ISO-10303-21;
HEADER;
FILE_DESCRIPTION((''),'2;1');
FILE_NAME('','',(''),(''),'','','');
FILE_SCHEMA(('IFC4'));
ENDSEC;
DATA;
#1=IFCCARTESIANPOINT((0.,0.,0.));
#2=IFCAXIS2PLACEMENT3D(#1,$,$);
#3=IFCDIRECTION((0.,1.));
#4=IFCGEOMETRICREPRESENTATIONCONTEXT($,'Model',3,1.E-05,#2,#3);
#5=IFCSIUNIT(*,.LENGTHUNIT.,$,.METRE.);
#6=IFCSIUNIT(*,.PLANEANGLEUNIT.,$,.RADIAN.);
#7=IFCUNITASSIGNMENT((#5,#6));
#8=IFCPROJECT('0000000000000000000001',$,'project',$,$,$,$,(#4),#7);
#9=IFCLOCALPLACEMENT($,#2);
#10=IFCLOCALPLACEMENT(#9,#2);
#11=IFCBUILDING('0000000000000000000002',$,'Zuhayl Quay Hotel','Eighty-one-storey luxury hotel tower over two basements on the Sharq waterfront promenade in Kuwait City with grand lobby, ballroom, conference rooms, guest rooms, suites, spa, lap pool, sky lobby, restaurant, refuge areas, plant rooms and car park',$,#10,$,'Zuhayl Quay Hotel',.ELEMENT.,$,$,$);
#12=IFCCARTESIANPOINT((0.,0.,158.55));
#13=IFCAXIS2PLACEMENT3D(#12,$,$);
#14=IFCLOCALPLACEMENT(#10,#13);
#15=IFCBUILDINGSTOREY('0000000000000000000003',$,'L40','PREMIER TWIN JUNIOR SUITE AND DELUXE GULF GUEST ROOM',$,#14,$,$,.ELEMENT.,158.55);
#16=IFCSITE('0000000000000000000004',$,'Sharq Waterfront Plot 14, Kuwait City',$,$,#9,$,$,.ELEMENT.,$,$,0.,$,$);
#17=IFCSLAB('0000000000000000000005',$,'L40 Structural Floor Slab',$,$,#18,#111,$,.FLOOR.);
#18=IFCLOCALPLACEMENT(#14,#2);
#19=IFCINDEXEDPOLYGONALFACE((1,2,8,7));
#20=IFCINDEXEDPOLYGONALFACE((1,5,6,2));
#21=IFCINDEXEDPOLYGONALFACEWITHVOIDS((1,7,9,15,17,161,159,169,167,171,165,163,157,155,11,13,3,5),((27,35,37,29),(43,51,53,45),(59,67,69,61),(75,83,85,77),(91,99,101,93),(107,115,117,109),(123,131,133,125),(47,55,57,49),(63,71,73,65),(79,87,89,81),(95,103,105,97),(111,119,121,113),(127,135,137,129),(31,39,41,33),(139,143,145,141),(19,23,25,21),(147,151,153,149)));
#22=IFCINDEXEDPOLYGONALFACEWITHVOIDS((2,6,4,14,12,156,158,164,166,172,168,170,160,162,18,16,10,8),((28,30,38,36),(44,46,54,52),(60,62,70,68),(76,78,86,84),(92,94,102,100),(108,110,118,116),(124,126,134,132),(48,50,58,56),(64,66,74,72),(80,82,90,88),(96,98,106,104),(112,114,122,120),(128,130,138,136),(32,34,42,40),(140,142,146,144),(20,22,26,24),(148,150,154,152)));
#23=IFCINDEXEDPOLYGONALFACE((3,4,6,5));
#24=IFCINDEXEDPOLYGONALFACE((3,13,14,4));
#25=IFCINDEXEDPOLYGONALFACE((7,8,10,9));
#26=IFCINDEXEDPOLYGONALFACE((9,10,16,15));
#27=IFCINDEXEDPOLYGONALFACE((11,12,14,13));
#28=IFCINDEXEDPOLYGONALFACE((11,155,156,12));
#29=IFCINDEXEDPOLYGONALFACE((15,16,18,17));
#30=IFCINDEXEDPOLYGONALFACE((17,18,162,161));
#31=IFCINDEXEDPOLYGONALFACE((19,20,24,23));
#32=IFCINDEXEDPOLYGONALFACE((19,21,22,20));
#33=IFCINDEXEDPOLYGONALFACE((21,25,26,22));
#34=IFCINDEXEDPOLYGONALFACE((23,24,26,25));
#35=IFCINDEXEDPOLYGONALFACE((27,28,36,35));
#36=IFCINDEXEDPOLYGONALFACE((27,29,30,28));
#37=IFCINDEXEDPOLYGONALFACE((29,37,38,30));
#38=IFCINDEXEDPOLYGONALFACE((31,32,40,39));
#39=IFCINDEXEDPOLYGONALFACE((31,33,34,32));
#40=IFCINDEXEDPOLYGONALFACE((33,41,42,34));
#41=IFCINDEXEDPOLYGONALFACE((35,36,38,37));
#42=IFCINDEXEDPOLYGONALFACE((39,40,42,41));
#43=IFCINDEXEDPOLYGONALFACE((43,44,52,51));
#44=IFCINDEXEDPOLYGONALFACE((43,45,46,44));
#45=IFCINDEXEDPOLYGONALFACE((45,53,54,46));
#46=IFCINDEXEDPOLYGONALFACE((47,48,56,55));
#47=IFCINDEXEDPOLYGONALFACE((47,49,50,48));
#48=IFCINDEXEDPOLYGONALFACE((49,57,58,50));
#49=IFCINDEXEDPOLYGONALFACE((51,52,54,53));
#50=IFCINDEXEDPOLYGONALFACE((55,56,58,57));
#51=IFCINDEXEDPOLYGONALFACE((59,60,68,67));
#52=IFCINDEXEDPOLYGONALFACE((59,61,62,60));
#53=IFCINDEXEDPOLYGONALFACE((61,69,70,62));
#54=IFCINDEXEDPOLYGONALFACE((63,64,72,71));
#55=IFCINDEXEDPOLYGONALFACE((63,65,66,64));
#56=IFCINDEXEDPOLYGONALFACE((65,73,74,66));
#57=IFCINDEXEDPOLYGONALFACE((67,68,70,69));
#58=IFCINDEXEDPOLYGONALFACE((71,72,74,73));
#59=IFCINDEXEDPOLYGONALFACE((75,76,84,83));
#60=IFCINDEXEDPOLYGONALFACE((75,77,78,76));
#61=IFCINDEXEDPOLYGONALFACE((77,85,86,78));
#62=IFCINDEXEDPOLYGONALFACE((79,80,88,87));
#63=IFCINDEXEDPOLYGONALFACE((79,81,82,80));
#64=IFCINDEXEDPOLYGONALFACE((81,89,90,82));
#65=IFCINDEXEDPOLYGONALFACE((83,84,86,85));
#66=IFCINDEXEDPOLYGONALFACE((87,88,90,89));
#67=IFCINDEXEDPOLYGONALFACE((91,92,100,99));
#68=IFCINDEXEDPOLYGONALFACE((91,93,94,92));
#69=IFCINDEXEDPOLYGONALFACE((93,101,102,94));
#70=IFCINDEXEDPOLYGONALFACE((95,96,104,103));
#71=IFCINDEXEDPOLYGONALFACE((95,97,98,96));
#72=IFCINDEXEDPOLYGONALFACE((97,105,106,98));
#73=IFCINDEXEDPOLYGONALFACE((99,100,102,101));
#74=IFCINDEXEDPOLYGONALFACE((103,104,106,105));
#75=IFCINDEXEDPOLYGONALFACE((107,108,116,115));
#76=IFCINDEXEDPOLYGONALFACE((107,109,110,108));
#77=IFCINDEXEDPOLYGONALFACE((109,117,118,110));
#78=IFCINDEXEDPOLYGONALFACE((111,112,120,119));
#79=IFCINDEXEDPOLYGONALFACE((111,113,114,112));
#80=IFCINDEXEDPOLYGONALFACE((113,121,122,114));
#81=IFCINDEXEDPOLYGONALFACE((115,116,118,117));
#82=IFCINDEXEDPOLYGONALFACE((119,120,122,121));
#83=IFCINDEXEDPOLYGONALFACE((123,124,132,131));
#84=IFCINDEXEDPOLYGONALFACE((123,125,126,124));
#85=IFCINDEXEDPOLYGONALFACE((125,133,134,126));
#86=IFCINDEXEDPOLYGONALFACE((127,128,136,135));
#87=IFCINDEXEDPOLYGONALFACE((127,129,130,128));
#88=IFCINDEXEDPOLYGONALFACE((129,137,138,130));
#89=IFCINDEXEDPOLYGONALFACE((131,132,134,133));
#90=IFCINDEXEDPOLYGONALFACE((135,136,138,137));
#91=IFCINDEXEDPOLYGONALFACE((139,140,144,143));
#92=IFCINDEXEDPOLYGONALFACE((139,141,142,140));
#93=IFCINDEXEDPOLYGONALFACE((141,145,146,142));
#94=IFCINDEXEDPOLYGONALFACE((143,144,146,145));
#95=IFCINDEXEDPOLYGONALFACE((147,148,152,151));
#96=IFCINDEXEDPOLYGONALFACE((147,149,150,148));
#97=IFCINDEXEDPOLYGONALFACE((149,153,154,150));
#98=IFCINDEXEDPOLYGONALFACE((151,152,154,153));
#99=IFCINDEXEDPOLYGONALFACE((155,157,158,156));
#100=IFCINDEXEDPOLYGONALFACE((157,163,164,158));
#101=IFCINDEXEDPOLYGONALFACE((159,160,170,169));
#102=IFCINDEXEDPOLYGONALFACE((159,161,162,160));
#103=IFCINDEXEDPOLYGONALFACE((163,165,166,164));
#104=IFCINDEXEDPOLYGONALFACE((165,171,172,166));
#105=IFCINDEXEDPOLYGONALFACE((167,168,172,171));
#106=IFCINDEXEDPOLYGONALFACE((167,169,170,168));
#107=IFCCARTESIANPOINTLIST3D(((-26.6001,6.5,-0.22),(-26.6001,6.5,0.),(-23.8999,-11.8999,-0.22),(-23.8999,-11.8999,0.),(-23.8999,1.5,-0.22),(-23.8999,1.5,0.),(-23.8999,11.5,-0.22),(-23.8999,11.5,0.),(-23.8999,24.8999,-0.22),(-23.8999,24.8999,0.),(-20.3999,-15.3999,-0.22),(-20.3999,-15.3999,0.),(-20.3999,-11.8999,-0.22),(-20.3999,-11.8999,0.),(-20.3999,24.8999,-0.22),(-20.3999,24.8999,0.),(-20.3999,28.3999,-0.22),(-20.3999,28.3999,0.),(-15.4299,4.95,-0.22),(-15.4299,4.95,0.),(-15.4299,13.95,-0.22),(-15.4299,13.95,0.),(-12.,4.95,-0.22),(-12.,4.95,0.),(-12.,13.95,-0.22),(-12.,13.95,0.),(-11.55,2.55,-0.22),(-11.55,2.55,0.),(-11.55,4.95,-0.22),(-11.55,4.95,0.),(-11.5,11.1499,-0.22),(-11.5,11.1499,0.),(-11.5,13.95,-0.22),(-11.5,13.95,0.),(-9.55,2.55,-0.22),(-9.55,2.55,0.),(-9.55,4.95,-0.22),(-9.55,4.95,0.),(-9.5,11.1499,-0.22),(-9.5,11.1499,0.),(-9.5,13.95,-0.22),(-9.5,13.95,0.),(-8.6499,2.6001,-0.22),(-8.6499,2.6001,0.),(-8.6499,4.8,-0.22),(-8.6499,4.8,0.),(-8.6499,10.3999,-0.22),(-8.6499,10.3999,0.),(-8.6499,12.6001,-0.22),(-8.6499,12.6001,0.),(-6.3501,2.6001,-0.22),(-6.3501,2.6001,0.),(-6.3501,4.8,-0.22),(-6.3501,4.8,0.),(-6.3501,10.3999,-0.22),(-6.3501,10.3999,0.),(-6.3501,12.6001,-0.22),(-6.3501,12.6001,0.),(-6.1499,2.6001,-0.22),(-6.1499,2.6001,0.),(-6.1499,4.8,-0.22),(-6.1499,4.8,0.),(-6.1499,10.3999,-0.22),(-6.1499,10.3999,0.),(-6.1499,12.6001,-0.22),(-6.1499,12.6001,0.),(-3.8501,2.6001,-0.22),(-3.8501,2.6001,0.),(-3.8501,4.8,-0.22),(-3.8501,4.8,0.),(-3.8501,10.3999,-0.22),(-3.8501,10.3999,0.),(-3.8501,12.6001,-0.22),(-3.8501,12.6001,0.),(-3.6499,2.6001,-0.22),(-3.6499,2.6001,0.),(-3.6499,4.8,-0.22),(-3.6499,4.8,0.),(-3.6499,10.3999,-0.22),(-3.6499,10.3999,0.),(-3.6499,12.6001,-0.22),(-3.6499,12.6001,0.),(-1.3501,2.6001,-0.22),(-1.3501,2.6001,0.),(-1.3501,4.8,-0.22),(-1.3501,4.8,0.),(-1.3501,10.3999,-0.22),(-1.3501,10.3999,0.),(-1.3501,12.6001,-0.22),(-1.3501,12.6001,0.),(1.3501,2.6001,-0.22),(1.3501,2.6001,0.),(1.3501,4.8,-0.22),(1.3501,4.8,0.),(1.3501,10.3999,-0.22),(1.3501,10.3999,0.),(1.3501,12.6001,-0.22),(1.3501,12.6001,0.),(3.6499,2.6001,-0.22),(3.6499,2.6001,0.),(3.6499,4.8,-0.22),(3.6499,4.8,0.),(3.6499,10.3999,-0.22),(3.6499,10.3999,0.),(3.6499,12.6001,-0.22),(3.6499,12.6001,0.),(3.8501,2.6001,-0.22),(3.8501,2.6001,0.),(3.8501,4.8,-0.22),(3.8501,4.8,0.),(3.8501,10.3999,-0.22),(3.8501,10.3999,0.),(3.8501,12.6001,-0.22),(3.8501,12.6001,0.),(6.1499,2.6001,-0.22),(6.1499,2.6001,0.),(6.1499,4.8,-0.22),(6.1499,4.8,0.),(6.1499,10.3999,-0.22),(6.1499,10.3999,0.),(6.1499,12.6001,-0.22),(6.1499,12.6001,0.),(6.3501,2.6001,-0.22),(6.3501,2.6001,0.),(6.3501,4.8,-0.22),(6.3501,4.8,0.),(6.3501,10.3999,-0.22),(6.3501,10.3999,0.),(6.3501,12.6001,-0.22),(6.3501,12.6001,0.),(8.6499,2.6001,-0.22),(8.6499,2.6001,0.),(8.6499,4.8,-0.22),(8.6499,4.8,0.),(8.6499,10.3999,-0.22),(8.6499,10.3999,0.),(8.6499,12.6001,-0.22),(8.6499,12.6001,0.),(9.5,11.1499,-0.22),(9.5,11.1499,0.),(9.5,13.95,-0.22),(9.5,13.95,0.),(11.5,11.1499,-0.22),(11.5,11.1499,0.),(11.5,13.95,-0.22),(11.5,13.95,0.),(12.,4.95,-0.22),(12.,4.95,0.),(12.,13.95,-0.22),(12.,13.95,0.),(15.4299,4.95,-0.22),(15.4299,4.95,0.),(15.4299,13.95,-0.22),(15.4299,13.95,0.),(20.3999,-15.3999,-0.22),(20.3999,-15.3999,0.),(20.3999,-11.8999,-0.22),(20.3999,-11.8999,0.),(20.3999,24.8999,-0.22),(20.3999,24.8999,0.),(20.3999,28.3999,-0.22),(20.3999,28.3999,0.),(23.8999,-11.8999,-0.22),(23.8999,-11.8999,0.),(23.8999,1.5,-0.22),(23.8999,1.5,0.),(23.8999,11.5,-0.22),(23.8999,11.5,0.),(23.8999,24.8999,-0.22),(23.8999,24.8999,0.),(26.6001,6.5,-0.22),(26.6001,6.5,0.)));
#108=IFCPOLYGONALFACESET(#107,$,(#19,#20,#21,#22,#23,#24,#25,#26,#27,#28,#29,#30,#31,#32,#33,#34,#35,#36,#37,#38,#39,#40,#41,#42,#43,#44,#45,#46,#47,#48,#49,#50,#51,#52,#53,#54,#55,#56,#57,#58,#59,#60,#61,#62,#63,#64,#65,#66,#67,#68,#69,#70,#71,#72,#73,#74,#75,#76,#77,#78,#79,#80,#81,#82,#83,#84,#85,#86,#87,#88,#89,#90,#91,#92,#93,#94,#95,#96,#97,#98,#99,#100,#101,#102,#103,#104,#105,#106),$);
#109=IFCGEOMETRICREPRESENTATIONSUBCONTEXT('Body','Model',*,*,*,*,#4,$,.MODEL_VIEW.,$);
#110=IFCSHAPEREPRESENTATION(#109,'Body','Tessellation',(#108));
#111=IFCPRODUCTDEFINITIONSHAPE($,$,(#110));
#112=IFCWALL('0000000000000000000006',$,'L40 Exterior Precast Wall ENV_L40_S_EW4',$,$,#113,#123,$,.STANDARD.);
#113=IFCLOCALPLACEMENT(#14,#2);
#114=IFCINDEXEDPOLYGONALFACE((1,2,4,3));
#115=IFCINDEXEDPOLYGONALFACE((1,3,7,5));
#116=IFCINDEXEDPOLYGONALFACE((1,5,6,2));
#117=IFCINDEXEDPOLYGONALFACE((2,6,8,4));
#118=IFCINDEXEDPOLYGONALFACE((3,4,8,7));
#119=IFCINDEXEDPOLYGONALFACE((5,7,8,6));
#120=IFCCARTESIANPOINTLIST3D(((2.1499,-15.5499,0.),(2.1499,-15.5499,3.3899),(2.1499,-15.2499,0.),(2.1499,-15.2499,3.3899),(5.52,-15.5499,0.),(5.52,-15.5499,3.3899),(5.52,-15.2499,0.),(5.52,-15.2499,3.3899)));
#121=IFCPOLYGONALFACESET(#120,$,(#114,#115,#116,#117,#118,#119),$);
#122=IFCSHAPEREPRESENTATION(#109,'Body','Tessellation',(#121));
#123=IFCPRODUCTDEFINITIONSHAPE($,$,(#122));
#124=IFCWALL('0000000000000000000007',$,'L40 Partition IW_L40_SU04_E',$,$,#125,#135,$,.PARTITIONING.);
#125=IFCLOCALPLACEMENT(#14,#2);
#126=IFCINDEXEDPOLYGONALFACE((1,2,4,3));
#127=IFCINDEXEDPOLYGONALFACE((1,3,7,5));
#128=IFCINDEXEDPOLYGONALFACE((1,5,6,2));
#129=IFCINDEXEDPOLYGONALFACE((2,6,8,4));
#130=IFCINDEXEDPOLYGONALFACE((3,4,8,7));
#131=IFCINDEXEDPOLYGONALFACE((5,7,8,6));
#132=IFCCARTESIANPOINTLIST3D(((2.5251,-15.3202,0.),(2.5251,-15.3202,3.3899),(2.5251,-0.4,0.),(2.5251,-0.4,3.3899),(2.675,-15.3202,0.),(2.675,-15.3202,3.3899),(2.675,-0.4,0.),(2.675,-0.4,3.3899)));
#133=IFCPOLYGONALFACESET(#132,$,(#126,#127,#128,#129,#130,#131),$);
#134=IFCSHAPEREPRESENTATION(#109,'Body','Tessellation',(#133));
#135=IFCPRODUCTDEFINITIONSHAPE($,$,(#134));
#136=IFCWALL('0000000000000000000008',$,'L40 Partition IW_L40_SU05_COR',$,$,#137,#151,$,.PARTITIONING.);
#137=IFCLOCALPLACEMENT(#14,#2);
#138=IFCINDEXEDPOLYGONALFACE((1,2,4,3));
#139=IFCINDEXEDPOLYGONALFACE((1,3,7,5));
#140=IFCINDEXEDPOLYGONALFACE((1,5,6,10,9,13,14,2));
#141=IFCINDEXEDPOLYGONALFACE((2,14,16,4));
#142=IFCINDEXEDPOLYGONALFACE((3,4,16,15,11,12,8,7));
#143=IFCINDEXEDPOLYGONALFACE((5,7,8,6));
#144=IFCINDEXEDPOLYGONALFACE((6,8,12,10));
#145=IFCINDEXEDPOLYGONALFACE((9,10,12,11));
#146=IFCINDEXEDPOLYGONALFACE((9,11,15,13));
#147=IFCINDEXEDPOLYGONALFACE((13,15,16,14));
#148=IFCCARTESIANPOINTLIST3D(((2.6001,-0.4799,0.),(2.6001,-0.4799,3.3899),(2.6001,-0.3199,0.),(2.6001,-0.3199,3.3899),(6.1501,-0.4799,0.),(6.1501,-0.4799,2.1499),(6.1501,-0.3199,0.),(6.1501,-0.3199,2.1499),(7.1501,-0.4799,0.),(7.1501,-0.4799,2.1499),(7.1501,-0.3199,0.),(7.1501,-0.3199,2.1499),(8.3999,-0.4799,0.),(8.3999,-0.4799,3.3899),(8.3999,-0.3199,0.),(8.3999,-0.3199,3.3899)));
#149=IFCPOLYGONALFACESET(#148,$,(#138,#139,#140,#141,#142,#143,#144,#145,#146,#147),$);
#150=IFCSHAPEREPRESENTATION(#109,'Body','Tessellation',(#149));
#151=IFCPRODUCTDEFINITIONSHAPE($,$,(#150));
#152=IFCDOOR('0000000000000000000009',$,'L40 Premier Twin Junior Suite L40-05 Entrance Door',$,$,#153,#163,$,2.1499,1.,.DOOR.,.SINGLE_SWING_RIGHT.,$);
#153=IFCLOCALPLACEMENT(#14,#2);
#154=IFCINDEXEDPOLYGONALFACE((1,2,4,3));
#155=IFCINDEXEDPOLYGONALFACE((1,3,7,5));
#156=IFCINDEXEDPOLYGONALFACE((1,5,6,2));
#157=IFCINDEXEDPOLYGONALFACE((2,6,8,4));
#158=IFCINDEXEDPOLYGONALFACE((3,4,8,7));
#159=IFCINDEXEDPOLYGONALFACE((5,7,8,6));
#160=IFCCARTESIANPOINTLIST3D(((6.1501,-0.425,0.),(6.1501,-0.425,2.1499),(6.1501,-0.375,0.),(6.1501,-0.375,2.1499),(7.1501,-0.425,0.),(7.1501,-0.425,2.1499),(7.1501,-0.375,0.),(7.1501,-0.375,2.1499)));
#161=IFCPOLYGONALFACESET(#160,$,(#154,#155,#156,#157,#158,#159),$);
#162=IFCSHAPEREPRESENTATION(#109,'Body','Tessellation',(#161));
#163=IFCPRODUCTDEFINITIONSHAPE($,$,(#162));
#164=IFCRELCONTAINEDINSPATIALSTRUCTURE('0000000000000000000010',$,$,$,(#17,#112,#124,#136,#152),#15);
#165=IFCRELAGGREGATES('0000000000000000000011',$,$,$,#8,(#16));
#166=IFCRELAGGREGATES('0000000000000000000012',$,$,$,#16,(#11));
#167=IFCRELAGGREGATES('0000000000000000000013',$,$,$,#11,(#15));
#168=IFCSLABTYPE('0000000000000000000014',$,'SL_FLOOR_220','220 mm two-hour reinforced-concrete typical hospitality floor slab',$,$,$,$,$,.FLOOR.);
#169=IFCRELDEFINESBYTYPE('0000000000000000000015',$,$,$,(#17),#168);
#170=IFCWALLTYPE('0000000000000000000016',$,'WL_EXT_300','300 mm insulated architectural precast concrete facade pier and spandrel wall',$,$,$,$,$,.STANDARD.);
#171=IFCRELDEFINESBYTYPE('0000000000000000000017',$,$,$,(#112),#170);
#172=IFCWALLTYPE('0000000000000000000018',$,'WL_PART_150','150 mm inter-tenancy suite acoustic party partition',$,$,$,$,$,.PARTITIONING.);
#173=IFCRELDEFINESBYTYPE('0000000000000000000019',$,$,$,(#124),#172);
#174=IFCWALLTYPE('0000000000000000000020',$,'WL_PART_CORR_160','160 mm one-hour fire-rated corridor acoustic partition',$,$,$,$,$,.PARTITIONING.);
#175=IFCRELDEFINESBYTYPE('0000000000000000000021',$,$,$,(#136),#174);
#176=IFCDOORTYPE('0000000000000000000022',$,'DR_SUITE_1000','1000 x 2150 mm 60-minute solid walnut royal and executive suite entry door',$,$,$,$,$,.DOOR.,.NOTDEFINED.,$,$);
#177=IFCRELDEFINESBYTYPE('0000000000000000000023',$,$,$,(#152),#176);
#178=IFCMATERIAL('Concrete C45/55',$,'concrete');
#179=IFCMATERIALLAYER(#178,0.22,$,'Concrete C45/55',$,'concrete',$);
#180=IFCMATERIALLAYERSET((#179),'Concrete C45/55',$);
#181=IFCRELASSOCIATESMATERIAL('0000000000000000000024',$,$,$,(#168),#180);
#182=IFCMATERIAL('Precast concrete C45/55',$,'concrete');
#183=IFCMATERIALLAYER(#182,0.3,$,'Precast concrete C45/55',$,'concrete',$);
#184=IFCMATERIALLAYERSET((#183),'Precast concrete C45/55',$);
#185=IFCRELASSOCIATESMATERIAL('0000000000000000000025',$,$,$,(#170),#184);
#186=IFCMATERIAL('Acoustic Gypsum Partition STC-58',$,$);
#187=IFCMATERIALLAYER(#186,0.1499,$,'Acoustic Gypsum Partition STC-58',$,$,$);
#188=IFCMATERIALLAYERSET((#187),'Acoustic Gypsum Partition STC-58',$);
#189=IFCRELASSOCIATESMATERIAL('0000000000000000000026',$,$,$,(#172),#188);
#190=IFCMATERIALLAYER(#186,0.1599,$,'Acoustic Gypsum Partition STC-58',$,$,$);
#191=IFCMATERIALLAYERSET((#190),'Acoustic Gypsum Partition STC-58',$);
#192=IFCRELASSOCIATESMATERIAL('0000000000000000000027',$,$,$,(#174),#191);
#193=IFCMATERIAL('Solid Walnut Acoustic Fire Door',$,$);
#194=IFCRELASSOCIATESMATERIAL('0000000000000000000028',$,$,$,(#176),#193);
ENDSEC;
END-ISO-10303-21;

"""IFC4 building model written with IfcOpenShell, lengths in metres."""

from ifc_helpers import new_model, si_unit, direction, frame, frame_2d, origin, place, context, subcontext, project, spatial, polyline, rectangle, outline, extrude, material, layer, layer_set, type_object, element, fill, save


model = new_model("IFC4")

# Units and contexts
model_context = context("Model", 3, precision=1e-05, world=origin(), true_north=direction((0.0, 1.0)))
body_context = subcontext(model_context, "Body", "Model", "MODEL_VIEW")
ifc_project = project(units=[si_unit("LENGTHUNIT", "METRE"), si_unit("PLANEANGLEUNIT", "RADIAN")], contexts=[model_context])

# Site, building, storey
site_placement = place(None, origin())
site = spatial("IfcSite", under=ifc_project, at=site_placement, Name="Sharq Waterfront Plot 14, Kuwait City", CompositionType="ELEMENT", RefElevation=0.0)
building_placement = place(site_placement, origin())
building = spatial("IfcBuilding", under=site, at=building_placement, Name="Zuhayl Quay Hotel", Description="Eighty-one-storey luxury hotel tower over two basements on the Sharq waterfront promenade in Kuwait City with grand lobby, ballroom, conference rooms, guest rooms, suites, spa, lap pool, sky lobby, restaurant, refuge areas, plant rooms and car park", LongName="Zuhayl Quay Hotel", CompositionType="ELEMENT")
storey_placement = place(building_placement, frame((0.0, 0.0, 158.55)))
storey = spatial("IfcBuildingStorey", under=building, at=storey_placement, Name="L40", Description="PREMIER TWIN JUNIOR SUITE AND DELUXE GULF GUEST ROOM", CompositionType="ELEMENT", Elevation=158.55)

# Slab
ifc_material_1 = material(Name="Concrete C45/55", Category="concrete")
ifc_layer_1 = layer(ifc_material_1, 0.22, Name="Concrete C45/55", Category="concrete")
ifc_layer_set_1 = layer_set([ifc_layer_1], Name="Concrete C45/55")
slab_type_1 = type_object("IfcSlabType", Name="SL_FLOOR_220", Description="220 mm two-hour reinforced-concrete typical hospitality floor slab", PredefinedType="FLOOR", material=ifc_layer_set_1)
slab_1_placement = place(storey_placement, frame((0.0, 0.0, -0.22)))
element("IfcSlab", 1, at=slab_1_placement, inside=storey, type_object=slab_type_1, Name="L40 Structural Floor Slab", PredefinedType="FLOOR", context=body_context, shape_type="SweptSolid", body=[
    extrude(outline(polyline([(-20.3999, -15.3999), (20.3999, -15.3999), (20.3999, -11.8999), (23.8999, -11.8999), (23.8999, 1.5), (26.6001, 6.5), (23.8999, 11.5), (23.8999, 24.8999), (20.3999, 24.8999), (20.3999, 28.3999), (-20.3999, 28.3999), (-20.3999, 24.8999), (-23.8999, 24.8999), (-23.8999, 11.5), (-26.6001, 6.5), (-23.8999, 1.5), (-23.8999, -11.8999), (-20.3999, -11.8999), (-20.3999, -15.3999)]), holes=[polyline([(-12.0, 4.95), (-12.0, 13.95), (-15.4299, 13.95), (-15.4299, 4.95), (-12.0, 4.95)]), polyline([(15.4299, 4.95), (15.4299, 13.95), (12.0, 13.95), (12.0, 4.95), (15.4299, 4.95)]), polyline([(-11.5, 11.1499), (-9.5, 11.1499), (-9.5, 13.95), (-11.5, 13.95), (-11.5, 11.1499)]), polyline([(9.5, 11.1499), (11.5, 11.1499), (11.5, 13.95), (9.5, 13.95), (9.5, 11.1499)]), polyline([(-8.6499, 2.6001), (-6.3501, 2.6001), (-6.3501, 4.8), (-8.6499, 4.8), (-8.6499, 2.6001)]), polyline([(-6.1499, 2.6001), (-3.8501, 2.6001), (-3.8501, 4.8), (-6.1499, 4.8), (-6.1499, 2.6001)]), polyline([(-8.6499, 10.3999), (-6.3501, 10.3999), (-6.3501, 12.6001), (-8.6499, 12.6001), (-8.6499, 10.3999)]), polyline([(-6.1499, 10.3999), (-3.8501, 10.3999), (-3.8501, 12.6001), (-6.1499, 12.6001), (-6.1499, 10.3999)]), polyline([(-3.6499, 2.6001), (-1.3501, 2.6001), (-1.3501, 4.8), (-3.6499, 4.8), (-3.6499, 2.6001)]), polyline([(1.3501, 2.6001), (3.6499, 2.6001), (3.6499, 4.8), (1.3501, 4.8), (1.3501, 2.6001)]), polyline([(-3.6499, 10.3999), (-1.3501, 10.3999), (-1.3501, 12.6001), (-3.6499, 12.6001), (-3.6499, 10.3999)]), polyline([(1.3501, 10.3999), (3.6499, 10.3999), (3.6499, 12.6001), (1.3501, 12.6001), (1.3501, 10.3999)]), polyline([(3.8501, 2.6001), (6.1499, 2.6001), (6.1499, 4.8), (3.8501, 4.8), (3.8501, 2.6001)]), polyline([(6.3501, 2.6001), (8.6499, 2.6001), (8.6499, 4.8), (6.3501, 4.8), (6.3501, 2.6001)]), polyline([(3.8501, 10.3999), (6.1499, 10.3999), (6.1499, 12.6001), (3.8501, 12.6001), (3.8501, 10.3999)]), polyline([(6.3501, 10.3999), (8.6499, 10.3999), (8.6499, 12.6001), (6.3501, 12.6001), (6.3501, 10.3999)]), polyline([(-11.55, 2.55), (-9.55, 2.55), (-9.55, 4.95), (-11.55, 4.95), (-11.55, 2.55)])]), origin(), (0.0, 0.0, 1.0), 0.22),
])

# Walls
ifc_material_2 = material(Name="Precast concrete C45/55", Category="concrete")
ifc_layer_2 = layer(ifc_material_2, 0.3, Name="Precast concrete C45/55", Category="concrete")
ifc_layer_set_2 = layer_set([ifc_layer_2], Name="Precast concrete C45/55")
wall_type_1 = type_object("IfcWallType", Name="WL_EXT_300", Description="300 mm insulated architectural precast concrete facade pier and spandrel wall", PredefinedType="STANDARD", material=ifc_layer_set_2)
wall_1_placement = place(storey_placement, frame((5.52, -15.3999, 0.0), z_axis=(0.0, 0.0, 1.0), x_axis=(-1.0, 0.0, 0.0)))
element("IfcWall", 2, at=wall_1_placement, inside=storey, type_object=wall_type_1, Name="L40 Exterior Precast Wall ENV_L40_S_EW4", PredefinedType="STANDARD", context=body_context, shape_type="SweptSolid", body=[
    extrude(rectangle(XDim=3.3701, YDim=0.3, at=frame_2d((1.6851, 0.0))), origin(), (0.0, 0.0, 1.0), 3.3899),
])
ifc_material_3 = material(Name="Acoustic Gypsum Partition STC-58")
ifc_layer_3 = layer(ifc_material_3, 0.1499, Name="Acoustic Gypsum Partition STC-58")
ifc_layer_set_3 = layer_set([ifc_layer_3], Name="Acoustic Gypsum Partition STC-58")
wall_type_2 = type_object("IfcWallType", Name="WL_PART_150", Description="150 mm inter-tenancy suite acoustic party partition", PredefinedType="PARTITIONING", material=ifc_layer_set_3)
wall_2_placement = place(storey_placement, frame((2.6001, -15.3201, 0.0), z_axis=(0.0, 0.0, 1.0), x_axis=(0.0, 1.0, 0.0)))
element("IfcWall", 3, at=wall_2_placement, inside=storey, type_object=wall_type_2, Name="L40 Partition IW_L40_SU04_E", PredefinedType="PARTITIONING", context=body_context, shape_type="SweptSolid", body=[
    extrude(rectangle(XDim=14.9202, YDim=0.1499, at=frame_2d((7.46, 0.0))), origin(), (0.0, 0.0, 1.0), 3.3899),
])

# Wall, opening, door
ifc_layer_4 = layer(ifc_material_3, 0.1599, Name="Acoustic Gypsum Partition STC-58")
ifc_layer_set_4 = layer_set([ifc_layer_4], Name="Acoustic Gypsum Partition STC-58")
wall_type_3 = type_object("IfcWallType", Name="WL_PART_CORR_160", Description="160 mm one-hour fire-rated corridor acoustic partition", PredefinedType="PARTITIONING", material=ifc_layer_set_4)
wall_3_placement = place(storey_placement, frame((2.6001, -0.3999, 0.0), z_axis=(0.0, 0.0, 1.0), x_axis=(1.0, 0.0, 0.0)))
wall_3 = element("IfcWall", 4, at=wall_3_placement, inside=storey, type_object=wall_type_3, Name="L40 Partition IW_L40_SU05_COR", PredefinedType="PARTITIONING", context=body_context, shape_type="SweptSolid", body=[
    extrude(rectangle(XDim=5.7998, YDim=0.1599, at=frame_2d((2.8999, 0.0))), origin(), (0.0, 0.0, 1.0), 3.3899),
])
opening_1_placement = place(wall_3_placement, frame((3.55, 0.0, 0.0)))
opening_1 = element("IfcOpeningElement", 5, at=opening_1_placement, cuts=wall_3, PredefinedType="OPENING", context=body_context, shape_type="SweptSolid", body=[
    extrude(rectangle(XDim=1.0, YDim=2.1499, at=frame_2d((0.5, 1.075))), frame((0.0, 0.0898, 0.0), z_axis=(0.0, -1.0, 0.0), x_axis=(1.0, 0.0, 0.0)), (0.0, 0.0, 1.0), 0.1799),
])
ifc_material_4 = material(Name="Solid Walnut Acoustic Fire Door")
door_type_1 = type_object("IfcDoorType", Name="DR_SUITE_1000", Description="1000 x 2150 mm 60-minute solid walnut royal and executive suite entry door", OperationType="NOTDEFINED", PredefinedType="DOOR", material=ifc_material_4)
door_1_placement = place(opening_1_placement, origin())
door_1 = element("IfcDoor", 6, at=door_1_placement, inside=storey, type_object=door_type_1, Name="L40 Premier Twin Junior Suite L40-05 Entrance Door", OperationType="SINGLE_SWING_RIGHT", OverallHeight=2.1499, OverallWidth=1.0, PredefinedType="DOOR", context=body_context, shape_type="SweptSolid", body=[
    extrude(rectangle(XDim=1.0, YDim=2.1499, at=frame_2d((0.5, 1.075))), frame((0.0, 0.0249, 0.0), z_axis=(0.0, -1.0, 0.0), x_axis=(1.0, 0.0, 0.0)), (0.0, 0.0, 1.0), 0.05),
])
fill(opening_1, door_1)

save(model, "model.ifc")
